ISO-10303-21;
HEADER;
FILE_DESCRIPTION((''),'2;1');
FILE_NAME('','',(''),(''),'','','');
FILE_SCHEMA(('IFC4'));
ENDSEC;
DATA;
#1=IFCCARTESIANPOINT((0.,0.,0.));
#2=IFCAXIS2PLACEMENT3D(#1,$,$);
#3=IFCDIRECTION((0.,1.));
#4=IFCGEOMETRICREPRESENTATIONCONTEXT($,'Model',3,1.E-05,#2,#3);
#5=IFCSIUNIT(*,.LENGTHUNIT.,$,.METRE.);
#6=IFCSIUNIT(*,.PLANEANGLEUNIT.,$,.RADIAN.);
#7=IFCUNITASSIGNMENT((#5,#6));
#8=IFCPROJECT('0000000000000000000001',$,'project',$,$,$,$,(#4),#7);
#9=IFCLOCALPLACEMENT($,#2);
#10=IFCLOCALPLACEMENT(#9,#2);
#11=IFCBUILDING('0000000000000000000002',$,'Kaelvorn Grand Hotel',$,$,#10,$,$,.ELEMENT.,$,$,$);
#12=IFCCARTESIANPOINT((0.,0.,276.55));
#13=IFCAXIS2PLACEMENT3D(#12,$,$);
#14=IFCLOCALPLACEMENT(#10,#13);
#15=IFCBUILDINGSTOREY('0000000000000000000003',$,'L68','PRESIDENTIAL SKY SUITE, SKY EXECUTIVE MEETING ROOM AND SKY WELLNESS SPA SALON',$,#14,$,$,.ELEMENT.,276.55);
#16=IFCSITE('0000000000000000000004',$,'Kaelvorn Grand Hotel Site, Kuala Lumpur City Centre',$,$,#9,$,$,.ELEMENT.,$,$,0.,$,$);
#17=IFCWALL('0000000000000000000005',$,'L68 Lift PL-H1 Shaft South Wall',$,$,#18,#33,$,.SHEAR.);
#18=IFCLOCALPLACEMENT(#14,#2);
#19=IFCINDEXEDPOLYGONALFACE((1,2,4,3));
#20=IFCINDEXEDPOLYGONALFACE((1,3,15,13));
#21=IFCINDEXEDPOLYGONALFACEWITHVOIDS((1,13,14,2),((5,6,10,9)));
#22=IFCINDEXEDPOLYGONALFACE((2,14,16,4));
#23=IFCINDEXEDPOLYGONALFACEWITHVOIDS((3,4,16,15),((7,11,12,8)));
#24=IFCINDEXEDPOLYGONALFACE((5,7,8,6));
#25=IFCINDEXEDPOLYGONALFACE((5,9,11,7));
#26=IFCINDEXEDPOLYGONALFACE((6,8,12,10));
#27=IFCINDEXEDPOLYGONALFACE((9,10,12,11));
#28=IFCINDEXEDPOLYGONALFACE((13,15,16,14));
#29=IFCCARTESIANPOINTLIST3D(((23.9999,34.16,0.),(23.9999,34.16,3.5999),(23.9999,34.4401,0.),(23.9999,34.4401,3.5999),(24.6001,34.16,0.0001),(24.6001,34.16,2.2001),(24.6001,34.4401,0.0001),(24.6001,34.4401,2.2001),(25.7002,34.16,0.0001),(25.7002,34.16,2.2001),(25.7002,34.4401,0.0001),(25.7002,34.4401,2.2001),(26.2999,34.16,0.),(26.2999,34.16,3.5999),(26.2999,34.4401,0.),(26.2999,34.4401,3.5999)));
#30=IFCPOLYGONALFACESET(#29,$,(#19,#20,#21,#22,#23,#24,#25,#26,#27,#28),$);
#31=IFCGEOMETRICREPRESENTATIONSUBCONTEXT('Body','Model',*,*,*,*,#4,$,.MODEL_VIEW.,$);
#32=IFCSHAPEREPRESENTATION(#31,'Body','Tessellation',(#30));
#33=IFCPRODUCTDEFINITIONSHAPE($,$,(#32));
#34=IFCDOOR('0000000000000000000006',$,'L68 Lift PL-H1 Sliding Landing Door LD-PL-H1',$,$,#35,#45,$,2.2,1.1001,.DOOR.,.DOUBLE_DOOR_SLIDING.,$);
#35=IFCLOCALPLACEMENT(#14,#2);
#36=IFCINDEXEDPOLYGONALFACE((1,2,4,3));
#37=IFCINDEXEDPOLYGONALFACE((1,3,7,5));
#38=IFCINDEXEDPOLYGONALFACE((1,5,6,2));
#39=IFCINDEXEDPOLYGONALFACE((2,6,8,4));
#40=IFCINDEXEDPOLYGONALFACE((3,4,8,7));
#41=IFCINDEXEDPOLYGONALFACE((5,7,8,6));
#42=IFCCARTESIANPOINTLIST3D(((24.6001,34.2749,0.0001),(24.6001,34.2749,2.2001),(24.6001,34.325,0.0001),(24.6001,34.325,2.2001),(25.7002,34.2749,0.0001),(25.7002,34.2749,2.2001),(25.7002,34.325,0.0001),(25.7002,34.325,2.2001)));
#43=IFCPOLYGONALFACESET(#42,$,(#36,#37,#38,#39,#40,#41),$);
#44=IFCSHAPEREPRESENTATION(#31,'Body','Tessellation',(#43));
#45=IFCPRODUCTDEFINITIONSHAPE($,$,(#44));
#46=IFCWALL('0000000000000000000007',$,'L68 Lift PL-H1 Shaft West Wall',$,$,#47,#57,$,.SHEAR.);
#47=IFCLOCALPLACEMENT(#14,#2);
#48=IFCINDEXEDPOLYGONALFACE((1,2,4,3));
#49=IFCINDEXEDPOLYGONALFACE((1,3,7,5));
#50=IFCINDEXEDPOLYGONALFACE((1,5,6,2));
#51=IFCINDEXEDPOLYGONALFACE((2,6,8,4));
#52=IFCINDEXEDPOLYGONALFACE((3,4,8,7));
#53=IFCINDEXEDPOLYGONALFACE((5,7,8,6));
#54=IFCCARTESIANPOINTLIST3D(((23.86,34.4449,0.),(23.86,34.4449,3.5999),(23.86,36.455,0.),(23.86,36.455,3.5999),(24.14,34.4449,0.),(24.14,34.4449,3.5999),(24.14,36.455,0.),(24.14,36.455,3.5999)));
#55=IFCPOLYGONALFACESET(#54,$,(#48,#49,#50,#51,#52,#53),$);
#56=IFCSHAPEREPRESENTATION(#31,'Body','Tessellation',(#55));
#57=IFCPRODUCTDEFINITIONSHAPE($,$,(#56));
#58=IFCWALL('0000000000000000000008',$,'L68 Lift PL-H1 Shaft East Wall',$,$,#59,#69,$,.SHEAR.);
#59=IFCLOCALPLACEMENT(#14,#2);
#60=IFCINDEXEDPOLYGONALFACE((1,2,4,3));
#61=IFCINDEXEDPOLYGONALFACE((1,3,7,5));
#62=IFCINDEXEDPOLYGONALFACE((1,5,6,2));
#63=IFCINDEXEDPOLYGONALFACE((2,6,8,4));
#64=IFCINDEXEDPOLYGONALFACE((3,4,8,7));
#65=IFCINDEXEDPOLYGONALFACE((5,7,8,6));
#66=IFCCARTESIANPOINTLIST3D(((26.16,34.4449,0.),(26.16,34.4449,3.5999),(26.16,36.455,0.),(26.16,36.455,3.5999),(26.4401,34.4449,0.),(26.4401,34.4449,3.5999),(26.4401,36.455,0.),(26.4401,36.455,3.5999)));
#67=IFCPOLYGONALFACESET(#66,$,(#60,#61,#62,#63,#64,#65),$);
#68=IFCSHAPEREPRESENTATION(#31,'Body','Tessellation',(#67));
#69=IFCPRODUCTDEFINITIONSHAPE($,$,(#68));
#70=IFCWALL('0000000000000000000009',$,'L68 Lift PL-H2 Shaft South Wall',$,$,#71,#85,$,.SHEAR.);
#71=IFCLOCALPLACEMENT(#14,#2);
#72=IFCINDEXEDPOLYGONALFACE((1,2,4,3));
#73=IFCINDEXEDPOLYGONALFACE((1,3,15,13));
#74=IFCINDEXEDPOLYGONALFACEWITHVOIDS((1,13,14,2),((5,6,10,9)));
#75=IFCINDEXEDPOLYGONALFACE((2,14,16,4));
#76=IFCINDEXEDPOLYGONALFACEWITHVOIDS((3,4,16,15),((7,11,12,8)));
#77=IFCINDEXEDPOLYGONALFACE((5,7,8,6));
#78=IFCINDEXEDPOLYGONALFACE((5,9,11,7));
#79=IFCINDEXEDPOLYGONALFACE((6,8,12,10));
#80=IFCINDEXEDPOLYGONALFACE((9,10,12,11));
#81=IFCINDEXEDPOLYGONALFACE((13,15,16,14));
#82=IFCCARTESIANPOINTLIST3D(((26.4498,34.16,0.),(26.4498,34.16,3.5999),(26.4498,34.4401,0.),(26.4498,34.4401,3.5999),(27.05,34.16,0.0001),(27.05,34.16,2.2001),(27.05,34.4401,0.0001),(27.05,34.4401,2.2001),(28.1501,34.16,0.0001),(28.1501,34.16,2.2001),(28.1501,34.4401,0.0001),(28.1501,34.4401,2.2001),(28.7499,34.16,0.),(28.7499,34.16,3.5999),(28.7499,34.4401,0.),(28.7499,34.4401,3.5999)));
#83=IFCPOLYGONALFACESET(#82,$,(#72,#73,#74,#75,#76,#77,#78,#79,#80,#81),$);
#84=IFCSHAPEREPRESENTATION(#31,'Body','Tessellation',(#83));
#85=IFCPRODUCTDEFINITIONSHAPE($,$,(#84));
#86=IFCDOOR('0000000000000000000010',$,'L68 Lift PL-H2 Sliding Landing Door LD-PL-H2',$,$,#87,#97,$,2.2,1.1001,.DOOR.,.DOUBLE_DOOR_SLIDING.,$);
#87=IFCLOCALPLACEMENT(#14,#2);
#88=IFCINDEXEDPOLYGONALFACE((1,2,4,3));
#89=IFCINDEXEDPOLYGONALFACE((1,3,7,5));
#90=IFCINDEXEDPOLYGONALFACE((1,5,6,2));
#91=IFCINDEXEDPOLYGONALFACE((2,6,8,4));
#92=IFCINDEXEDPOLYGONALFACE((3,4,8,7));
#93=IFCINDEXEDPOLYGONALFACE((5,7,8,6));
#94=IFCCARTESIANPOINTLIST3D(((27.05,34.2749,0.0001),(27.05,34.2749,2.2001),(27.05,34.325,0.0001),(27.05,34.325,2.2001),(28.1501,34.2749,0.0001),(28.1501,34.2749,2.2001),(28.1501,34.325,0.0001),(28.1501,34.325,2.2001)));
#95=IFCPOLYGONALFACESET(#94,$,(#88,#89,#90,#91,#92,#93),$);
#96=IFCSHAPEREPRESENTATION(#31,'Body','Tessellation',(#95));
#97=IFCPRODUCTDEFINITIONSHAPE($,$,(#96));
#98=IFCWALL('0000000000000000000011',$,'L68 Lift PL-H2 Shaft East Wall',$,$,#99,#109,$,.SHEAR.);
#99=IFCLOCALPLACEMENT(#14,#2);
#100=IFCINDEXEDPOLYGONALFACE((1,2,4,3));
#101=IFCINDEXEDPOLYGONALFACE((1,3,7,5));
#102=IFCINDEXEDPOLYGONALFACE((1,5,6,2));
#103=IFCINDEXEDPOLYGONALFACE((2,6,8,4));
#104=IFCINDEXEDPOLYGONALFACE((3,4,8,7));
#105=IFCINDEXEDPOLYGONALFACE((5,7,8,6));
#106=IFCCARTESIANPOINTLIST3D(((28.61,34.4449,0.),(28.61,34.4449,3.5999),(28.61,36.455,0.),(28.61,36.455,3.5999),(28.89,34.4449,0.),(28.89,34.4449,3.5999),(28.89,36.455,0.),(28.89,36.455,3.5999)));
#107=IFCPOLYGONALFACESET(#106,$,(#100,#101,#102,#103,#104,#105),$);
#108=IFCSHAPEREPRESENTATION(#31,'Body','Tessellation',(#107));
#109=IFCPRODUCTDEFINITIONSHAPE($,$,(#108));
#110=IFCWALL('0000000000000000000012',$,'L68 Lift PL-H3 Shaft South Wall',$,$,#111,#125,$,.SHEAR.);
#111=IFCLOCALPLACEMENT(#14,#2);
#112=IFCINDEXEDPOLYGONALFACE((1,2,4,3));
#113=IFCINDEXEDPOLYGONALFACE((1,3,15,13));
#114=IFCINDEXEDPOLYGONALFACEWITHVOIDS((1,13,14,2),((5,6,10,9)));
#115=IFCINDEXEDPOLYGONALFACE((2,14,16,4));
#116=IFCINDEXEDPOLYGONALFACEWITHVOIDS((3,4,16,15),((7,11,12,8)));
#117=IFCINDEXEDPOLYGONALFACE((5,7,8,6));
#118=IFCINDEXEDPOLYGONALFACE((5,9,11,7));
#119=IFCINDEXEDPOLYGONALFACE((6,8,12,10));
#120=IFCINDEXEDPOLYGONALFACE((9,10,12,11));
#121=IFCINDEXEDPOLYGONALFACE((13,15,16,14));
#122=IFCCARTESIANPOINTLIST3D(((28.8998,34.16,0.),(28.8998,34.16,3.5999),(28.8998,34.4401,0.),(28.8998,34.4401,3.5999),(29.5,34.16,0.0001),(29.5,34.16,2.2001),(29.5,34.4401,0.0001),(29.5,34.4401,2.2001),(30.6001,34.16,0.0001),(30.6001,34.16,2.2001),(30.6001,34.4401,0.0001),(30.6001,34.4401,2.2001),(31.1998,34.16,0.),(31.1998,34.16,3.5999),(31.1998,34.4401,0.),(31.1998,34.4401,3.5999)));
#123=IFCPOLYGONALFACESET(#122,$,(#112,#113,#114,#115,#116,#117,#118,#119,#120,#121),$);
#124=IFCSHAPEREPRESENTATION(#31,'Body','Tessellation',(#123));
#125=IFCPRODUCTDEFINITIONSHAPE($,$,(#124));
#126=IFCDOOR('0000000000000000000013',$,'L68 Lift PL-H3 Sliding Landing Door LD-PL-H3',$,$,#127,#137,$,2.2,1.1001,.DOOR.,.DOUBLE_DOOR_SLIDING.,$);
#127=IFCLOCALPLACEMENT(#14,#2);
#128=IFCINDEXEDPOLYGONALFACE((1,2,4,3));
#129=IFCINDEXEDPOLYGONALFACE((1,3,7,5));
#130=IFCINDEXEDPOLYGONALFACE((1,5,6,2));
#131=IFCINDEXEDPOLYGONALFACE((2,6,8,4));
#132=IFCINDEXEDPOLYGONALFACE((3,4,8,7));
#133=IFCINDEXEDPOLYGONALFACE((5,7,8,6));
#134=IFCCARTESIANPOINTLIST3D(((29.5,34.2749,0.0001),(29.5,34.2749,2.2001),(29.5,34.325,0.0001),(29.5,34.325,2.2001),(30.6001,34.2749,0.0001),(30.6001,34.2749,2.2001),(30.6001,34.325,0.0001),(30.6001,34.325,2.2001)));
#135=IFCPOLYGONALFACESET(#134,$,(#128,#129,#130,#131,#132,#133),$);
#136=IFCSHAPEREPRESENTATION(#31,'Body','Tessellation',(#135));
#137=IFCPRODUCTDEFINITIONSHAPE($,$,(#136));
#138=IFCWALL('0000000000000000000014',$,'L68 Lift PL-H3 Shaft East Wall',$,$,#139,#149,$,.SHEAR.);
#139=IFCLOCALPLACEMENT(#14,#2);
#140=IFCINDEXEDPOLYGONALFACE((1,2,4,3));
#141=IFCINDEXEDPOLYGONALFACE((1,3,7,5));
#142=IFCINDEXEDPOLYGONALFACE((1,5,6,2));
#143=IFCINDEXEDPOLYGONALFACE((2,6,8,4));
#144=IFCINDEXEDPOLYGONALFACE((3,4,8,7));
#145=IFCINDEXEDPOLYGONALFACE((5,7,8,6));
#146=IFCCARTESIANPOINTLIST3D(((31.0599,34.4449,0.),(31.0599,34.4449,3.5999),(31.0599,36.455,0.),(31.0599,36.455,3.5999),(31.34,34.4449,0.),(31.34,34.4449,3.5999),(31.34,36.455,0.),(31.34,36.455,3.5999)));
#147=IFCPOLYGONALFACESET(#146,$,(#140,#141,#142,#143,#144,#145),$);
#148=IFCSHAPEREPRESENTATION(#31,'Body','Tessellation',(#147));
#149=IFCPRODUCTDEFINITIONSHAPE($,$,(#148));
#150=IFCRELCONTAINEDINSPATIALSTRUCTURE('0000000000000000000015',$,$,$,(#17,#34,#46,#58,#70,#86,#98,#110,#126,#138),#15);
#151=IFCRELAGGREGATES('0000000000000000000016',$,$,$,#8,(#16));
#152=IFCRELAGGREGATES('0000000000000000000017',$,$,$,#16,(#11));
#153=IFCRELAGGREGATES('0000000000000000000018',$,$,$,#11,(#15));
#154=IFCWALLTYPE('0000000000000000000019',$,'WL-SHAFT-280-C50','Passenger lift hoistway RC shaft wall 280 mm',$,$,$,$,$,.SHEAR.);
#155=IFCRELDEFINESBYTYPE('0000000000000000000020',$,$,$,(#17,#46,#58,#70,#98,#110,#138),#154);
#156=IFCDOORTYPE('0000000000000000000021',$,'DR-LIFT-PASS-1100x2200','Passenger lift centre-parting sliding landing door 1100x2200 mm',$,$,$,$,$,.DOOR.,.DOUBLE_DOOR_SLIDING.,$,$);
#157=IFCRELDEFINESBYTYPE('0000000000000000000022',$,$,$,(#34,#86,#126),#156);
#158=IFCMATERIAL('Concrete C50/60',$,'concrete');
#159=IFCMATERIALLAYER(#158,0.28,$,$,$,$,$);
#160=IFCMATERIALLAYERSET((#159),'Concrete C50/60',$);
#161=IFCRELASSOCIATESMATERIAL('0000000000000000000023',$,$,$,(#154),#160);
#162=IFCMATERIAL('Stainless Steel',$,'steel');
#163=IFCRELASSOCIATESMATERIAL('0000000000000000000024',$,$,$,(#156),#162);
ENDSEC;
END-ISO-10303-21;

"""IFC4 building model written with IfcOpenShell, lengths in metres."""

from ifc_helpers import new_model, si_unit, direction, frame, frame_2d, origin, place, context, subcontext, project, spatial, rectangle, extrude, material, layer, layer_set, type_object, element, fill, save


model = new_model("IFC4")

# Units and contexts
model_context = context("Model", 3, precision=1e-05, world=origin(), true_north=direction((0.0, 1.0)))
body_context = subcontext(model_context, "Body", "Model", "MODEL_VIEW")
ifc_project = project(units=[si_unit("LENGTHUNIT", "METRE"), si_unit("PLANEANGLEUNIT", "RADIAN")], contexts=[model_context])

# Site, building, storey
site_placement = place(None, origin())
site = spatial("IfcSite", under=ifc_project, at=site_placement, Name="Kaelvorn Grand Hotel Site, Kuala Lumpur City Centre", CompositionType="ELEMENT", RefElevation=0.0)
building_placement = place(site_placement, origin())
building = spatial("IfcBuilding", under=site, at=building_placement, Name="Kaelvorn Grand Hotel", CompositionType="ELEMENT")
storey_placement = place(building_placement, frame((0.0, 0.0, 276.55)))
storey = spatial("IfcBuildingStorey", under=building, at=storey_placement, Name="L68", Description="PRESIDENTIAL SKY SUITE, SKY EXECUTIVE MEETING ROOM AND SKY WELLNESS SPA SALON", CompositionType="ELEMENT", Elevation=276.55)

# Shared definitions
ifc_material_1 = material(Name="Concrete C50/60", Category="concrete")

# Wall, opening, door
ifc_layer_1 = layer(ifc_material_1, 0.28)
ifc_layer_set_1 = layer_set([ifc_layer_1], Name="Concrete C50/60")
wall_type_1 = type_object("IfcWallType", Name="WL-SHAFT-280-C50", Description="Passenger lift hoistway RC shaft wall 280 mm", PredefinedType="SHEAR", material=ifc_layer_set_1)
wall_1_placement = place(storey_placement, frame((24.0, 34.3, 0.0), z_axis=(0.0, 0.0, 1.0), x_axis=(1.0, 0.0, 0.0)))
wall_1 = element("IfcWall", 1, at=wall_1_placement, inside=storey, type_object=wall_type_1, Name="L68 Lift PL-H1 Shaft South Wall", PredefinedType="SHEAR", context=body_context, shape_type="SweptSolid", body=[
    extrude(rectangle(XDim=2.3, YDim=0.28, at=frame_2d((1.1499, 0.0))), origin(), (0.0, 0.0, 1.0), 3.5999),
])
opening_1_placement = place(wall_1_placement, frame((0.6001, 0.0, 0.0)))
opening_1 = element("IfcOpeningElement", 2, at=opening_1_placement, cuts=wall_1, PredefinedType="OPENING", context=body_context, shape_type="SweptSolid", body=[
    extrude(rectangle(XDim=1.1001, YDim=2.2, at=frame_2d((0.55, 1.1001))), frame((0.0, 0.1499, 0.0), z_axis=(0.0, -1.0, 0.0), x_axis=(1.0, 0.0, 0.0)), (0.0, 0.0, 1.0), 0.3),
])
ifc_material_2 = material(Name="Stainless Steel", Category="steel")
door_type_1 = type_object("IfcDoorType", Name="DR-LIFT-PASS-1100x2200", Description="Passenger lift centre-parting sliding landing door 1100x2200 mm", OperationType="DOUBLE_DOOR_SLIDING", PredefinedType="DOOR", material=ifc_material_2)
door_1_placement = place(opening_1_placement, origin())
door_1 = element("IfcDoor", 3, at=door_1_placement, inside=storey, type_object=door_type_1, Name="L68 Lift PL-H1 Sliding Landing Door LD-PL-H1", OperationType="DOUBLE_DOOR_SLIDING", OverallHeight=2.2, OverallWidth=1.1001, PredefinedType="DOOR", context=body_context, shape_type="SweptSolid", body=[
    extrude(rectangle(XDim=1.1001, YDim=2.2, at=frame_2d((0.55, 1.1001))), frame((0.0, 0.0249, 0.0), z_axis=(0.0, -1.0, 0.0), x_axis=(1.0, 0.0, 0.0)), (0.0, 0.0, 1.0), 0.05),
])
fill(opening_1, door_1)

# Walls
for number, where, z_axis, x_axis, name in (
    (4, (24.0, 34.4451, 0.0), (0.0, 0.0, 1.0), (0.0, 1.0, 0.0), "L68 Lift PL-H1 Shaft West Wall"),
    (5, (26.3, 34.4451, 0.0), (0.0, 0.0, 1.0), (0.0, 1.0, 0.0), "L68 Lift PL-H1 Shaft East Wall"),
):
    element("IfcWall", number, at=place(storey_placement, frame(where, z_axis=z_axis, x_axis=x_axis)), inside=storey, type_object=wall_type_1, Name=name, PredefinedType="SHEAR", context=body_context, shape_type="SweptSolid", body=[
        extrude(rectangle(XDim=2.01, YDim=0.28, at=frame_2d((1.0049, 0.0))), origin(), (0.0, 0.0, 1.0), 3.5999),
    ])

# Wall, opening, door
wall_2_placement = place(storey_placement, frame((26.45, 34.3, 0.0), z_axis=(0.0, 0.0, 1.0), x_axis=(1.0, 0.0, 0.0)))
wall_2 = element("IfcWall", 6, at=wall_2_placement, inside=storey, type_object=wall_type_1, Name="L68 Lift PL-H2 Shaft South Wall", PredefinedType="SHEAR", context=body_context, shape_type="SweptSolid", body=[
    extrude(rectangle(XDim=2.3, YDim=0.28, at=frame_2d((1.1499, 0.0))), origin(), (0.0, 0.0, 1.0), 3.5999),
])
opening_2_placement = place(wall_2_placement, frame((0.6001, 0.0, 0.0)))
opening_2 = element("IfcOpeningElement", 7, at=opening_2_placement, cuts=wall_2, PredefinedType="OPENING", context=body_context, shape_type="SweptSolid", body=[
    extrude(rectangle(XDim=1.1001, YDim=2.2, at=frame_2d((0.55, 1.1001))), frame((0.0, 0.1499, 0.0), z_axis=(0.0, -1.0, 0.0), x_axis=(1.0, 0.0, 0.0)), (0.0, 0.0, 1.0), 0.3),
])
door_2_placement = place(opening_2_placement, origin())
door_2 = element("IfcDoor", 8, at=door_2_placement, inside=storey, type_object=door_type_1, Name="L68 Lift PL-H2 Sliding Landing Door LD-PL-H2", OperationType="DOUBLE_DOOR_SLIDING", OverallHeight=2.2, OverallWidth=1.1001, PredefinedType="DOOR", context=body_context, shape_type="SweptSolid", body=[
    extrude(rectangle(XDim=1.1001, YDim=2.2, at=frame_2d((0.55, 1.1001))), frame((0.0, 0.0249, 0.0), z_axis=(0.0, -1.0, 0.0), x_axis=(1.0, 0.0, 0.0)), (0.0, 0.0, 1.0), 0.05),
])
fill(opening_2, door_2)

# Wall
wall_3_placement = place(storey_placement, frame((28.75, 34.4451, 0.0), z_axis=(0.0, 0.0, 1.0), x_axis=(0.0, 1.0, 0.0)))
element("IfcWall", 9, at=wall_3_placement, inside=storey, type_object=wall_type_1, Name="L68 Lift PL-H2 Shaft East Wall", PredefinedType="SHEAR", context=body_context, shape_type="SweptSolid", body=[
    extrude(rectangle(XDim=2.01, YDim=0.28, at=frame_2d((1.0049, 0.0))), origin(), (0.0, 0.0, 1.0), 3.5999),
])

# Wall, opening, door
wall_4_placement = place(storey_placement, frame((28.8999, 34.3, 0.0), z_axis=(0.0, 0.0, 1.0), x_axis=(1.0, 0.0, 0.0)))
wall_4 = element("IfcWall", 10, at=wall_4_placement, inside=storey, type_object=wall_type_1, Name="L68 Lift PL-H3 Shaft South Wall", PredefinedType="SHEAR", context=body_context, shape_type="SweptSolid", body=[
    extrude(rectangle(XDim=2.3, YDim=0.28, at=frame_2d((1.1499, 0.0))), origin(), (0.0, 0.0, 1.0), 3.5999),
])
opening_3_placement = place(wall_4_placement, frame((0.6001, 0.0, 0.0)))
opening_3 = element("IfcOpeningElement", 11, at=opening_3_placement, cuts=wall_4, PredefinedType="OPENING", context=body_context, shape_type="SweptSolid", body=[
    extrude(rectangle(XDim=1.1001, YDim=2.2, at=frame_2d((0.55, 1.1001))), frame((0.0, 0.1499, 0.0), z_axis=(0.0, -1.0, 0.0), x_axis=(1.0, 0.0, 0.0)), (0.0, 0.0, 1.0), 0.3),
])
door_3_placement = place(opening_3_placement, origin())
door_3 = element("IfcDoor", 12, at=door_3_placement, inside=storey, type_object=door_type_1, Name="L68 Lift PL-H3 Sliding Landing Door LD-PL-H3", OperationType="DOUBLE_DOOR_SLIDING", OverallHeight=2.2, OverallWidth=1.1001, PredefinedType="DOOR", context=body_context, shape_type="SweptSolid", body=[
    extrude(rectangle(XDim=1.1001, YDim=2.2, at=frame_2d((0.55, 1.1001))), frame((0.0, 0.0249, 0.0), z_axis=(0.0, -1.0, 0.0), x_axis=(1.0, 0.0, 0.0)), (0.0, 0.0, 1.0), 0.05),
])
fill(opening_3, door_3)

# Wall
wall_5_placement = place(storey_placement, frame((31.2, 34.4451, 0.0), z_axis=(0.0, 0.0, 1.0), x_axis=(0.0, 1.0, 0.0)))
element("IfcWall", 13, at=wall_5_placement, inside=storey, type_object=wall_type_1, Name="L68 Lift PL-H3 Shaft East Wall", PredefinedType="SHEAR", context=body_context, shape_type="SweptSolid", body=[
    extrude(rectangle(XDim=2.01, YDim=0.28, at=frame_2d((1.0049, 0.0))), origin(), (0.0, 0.0, 1.0), 3.5999),
])

save(model, "model.ifc")
